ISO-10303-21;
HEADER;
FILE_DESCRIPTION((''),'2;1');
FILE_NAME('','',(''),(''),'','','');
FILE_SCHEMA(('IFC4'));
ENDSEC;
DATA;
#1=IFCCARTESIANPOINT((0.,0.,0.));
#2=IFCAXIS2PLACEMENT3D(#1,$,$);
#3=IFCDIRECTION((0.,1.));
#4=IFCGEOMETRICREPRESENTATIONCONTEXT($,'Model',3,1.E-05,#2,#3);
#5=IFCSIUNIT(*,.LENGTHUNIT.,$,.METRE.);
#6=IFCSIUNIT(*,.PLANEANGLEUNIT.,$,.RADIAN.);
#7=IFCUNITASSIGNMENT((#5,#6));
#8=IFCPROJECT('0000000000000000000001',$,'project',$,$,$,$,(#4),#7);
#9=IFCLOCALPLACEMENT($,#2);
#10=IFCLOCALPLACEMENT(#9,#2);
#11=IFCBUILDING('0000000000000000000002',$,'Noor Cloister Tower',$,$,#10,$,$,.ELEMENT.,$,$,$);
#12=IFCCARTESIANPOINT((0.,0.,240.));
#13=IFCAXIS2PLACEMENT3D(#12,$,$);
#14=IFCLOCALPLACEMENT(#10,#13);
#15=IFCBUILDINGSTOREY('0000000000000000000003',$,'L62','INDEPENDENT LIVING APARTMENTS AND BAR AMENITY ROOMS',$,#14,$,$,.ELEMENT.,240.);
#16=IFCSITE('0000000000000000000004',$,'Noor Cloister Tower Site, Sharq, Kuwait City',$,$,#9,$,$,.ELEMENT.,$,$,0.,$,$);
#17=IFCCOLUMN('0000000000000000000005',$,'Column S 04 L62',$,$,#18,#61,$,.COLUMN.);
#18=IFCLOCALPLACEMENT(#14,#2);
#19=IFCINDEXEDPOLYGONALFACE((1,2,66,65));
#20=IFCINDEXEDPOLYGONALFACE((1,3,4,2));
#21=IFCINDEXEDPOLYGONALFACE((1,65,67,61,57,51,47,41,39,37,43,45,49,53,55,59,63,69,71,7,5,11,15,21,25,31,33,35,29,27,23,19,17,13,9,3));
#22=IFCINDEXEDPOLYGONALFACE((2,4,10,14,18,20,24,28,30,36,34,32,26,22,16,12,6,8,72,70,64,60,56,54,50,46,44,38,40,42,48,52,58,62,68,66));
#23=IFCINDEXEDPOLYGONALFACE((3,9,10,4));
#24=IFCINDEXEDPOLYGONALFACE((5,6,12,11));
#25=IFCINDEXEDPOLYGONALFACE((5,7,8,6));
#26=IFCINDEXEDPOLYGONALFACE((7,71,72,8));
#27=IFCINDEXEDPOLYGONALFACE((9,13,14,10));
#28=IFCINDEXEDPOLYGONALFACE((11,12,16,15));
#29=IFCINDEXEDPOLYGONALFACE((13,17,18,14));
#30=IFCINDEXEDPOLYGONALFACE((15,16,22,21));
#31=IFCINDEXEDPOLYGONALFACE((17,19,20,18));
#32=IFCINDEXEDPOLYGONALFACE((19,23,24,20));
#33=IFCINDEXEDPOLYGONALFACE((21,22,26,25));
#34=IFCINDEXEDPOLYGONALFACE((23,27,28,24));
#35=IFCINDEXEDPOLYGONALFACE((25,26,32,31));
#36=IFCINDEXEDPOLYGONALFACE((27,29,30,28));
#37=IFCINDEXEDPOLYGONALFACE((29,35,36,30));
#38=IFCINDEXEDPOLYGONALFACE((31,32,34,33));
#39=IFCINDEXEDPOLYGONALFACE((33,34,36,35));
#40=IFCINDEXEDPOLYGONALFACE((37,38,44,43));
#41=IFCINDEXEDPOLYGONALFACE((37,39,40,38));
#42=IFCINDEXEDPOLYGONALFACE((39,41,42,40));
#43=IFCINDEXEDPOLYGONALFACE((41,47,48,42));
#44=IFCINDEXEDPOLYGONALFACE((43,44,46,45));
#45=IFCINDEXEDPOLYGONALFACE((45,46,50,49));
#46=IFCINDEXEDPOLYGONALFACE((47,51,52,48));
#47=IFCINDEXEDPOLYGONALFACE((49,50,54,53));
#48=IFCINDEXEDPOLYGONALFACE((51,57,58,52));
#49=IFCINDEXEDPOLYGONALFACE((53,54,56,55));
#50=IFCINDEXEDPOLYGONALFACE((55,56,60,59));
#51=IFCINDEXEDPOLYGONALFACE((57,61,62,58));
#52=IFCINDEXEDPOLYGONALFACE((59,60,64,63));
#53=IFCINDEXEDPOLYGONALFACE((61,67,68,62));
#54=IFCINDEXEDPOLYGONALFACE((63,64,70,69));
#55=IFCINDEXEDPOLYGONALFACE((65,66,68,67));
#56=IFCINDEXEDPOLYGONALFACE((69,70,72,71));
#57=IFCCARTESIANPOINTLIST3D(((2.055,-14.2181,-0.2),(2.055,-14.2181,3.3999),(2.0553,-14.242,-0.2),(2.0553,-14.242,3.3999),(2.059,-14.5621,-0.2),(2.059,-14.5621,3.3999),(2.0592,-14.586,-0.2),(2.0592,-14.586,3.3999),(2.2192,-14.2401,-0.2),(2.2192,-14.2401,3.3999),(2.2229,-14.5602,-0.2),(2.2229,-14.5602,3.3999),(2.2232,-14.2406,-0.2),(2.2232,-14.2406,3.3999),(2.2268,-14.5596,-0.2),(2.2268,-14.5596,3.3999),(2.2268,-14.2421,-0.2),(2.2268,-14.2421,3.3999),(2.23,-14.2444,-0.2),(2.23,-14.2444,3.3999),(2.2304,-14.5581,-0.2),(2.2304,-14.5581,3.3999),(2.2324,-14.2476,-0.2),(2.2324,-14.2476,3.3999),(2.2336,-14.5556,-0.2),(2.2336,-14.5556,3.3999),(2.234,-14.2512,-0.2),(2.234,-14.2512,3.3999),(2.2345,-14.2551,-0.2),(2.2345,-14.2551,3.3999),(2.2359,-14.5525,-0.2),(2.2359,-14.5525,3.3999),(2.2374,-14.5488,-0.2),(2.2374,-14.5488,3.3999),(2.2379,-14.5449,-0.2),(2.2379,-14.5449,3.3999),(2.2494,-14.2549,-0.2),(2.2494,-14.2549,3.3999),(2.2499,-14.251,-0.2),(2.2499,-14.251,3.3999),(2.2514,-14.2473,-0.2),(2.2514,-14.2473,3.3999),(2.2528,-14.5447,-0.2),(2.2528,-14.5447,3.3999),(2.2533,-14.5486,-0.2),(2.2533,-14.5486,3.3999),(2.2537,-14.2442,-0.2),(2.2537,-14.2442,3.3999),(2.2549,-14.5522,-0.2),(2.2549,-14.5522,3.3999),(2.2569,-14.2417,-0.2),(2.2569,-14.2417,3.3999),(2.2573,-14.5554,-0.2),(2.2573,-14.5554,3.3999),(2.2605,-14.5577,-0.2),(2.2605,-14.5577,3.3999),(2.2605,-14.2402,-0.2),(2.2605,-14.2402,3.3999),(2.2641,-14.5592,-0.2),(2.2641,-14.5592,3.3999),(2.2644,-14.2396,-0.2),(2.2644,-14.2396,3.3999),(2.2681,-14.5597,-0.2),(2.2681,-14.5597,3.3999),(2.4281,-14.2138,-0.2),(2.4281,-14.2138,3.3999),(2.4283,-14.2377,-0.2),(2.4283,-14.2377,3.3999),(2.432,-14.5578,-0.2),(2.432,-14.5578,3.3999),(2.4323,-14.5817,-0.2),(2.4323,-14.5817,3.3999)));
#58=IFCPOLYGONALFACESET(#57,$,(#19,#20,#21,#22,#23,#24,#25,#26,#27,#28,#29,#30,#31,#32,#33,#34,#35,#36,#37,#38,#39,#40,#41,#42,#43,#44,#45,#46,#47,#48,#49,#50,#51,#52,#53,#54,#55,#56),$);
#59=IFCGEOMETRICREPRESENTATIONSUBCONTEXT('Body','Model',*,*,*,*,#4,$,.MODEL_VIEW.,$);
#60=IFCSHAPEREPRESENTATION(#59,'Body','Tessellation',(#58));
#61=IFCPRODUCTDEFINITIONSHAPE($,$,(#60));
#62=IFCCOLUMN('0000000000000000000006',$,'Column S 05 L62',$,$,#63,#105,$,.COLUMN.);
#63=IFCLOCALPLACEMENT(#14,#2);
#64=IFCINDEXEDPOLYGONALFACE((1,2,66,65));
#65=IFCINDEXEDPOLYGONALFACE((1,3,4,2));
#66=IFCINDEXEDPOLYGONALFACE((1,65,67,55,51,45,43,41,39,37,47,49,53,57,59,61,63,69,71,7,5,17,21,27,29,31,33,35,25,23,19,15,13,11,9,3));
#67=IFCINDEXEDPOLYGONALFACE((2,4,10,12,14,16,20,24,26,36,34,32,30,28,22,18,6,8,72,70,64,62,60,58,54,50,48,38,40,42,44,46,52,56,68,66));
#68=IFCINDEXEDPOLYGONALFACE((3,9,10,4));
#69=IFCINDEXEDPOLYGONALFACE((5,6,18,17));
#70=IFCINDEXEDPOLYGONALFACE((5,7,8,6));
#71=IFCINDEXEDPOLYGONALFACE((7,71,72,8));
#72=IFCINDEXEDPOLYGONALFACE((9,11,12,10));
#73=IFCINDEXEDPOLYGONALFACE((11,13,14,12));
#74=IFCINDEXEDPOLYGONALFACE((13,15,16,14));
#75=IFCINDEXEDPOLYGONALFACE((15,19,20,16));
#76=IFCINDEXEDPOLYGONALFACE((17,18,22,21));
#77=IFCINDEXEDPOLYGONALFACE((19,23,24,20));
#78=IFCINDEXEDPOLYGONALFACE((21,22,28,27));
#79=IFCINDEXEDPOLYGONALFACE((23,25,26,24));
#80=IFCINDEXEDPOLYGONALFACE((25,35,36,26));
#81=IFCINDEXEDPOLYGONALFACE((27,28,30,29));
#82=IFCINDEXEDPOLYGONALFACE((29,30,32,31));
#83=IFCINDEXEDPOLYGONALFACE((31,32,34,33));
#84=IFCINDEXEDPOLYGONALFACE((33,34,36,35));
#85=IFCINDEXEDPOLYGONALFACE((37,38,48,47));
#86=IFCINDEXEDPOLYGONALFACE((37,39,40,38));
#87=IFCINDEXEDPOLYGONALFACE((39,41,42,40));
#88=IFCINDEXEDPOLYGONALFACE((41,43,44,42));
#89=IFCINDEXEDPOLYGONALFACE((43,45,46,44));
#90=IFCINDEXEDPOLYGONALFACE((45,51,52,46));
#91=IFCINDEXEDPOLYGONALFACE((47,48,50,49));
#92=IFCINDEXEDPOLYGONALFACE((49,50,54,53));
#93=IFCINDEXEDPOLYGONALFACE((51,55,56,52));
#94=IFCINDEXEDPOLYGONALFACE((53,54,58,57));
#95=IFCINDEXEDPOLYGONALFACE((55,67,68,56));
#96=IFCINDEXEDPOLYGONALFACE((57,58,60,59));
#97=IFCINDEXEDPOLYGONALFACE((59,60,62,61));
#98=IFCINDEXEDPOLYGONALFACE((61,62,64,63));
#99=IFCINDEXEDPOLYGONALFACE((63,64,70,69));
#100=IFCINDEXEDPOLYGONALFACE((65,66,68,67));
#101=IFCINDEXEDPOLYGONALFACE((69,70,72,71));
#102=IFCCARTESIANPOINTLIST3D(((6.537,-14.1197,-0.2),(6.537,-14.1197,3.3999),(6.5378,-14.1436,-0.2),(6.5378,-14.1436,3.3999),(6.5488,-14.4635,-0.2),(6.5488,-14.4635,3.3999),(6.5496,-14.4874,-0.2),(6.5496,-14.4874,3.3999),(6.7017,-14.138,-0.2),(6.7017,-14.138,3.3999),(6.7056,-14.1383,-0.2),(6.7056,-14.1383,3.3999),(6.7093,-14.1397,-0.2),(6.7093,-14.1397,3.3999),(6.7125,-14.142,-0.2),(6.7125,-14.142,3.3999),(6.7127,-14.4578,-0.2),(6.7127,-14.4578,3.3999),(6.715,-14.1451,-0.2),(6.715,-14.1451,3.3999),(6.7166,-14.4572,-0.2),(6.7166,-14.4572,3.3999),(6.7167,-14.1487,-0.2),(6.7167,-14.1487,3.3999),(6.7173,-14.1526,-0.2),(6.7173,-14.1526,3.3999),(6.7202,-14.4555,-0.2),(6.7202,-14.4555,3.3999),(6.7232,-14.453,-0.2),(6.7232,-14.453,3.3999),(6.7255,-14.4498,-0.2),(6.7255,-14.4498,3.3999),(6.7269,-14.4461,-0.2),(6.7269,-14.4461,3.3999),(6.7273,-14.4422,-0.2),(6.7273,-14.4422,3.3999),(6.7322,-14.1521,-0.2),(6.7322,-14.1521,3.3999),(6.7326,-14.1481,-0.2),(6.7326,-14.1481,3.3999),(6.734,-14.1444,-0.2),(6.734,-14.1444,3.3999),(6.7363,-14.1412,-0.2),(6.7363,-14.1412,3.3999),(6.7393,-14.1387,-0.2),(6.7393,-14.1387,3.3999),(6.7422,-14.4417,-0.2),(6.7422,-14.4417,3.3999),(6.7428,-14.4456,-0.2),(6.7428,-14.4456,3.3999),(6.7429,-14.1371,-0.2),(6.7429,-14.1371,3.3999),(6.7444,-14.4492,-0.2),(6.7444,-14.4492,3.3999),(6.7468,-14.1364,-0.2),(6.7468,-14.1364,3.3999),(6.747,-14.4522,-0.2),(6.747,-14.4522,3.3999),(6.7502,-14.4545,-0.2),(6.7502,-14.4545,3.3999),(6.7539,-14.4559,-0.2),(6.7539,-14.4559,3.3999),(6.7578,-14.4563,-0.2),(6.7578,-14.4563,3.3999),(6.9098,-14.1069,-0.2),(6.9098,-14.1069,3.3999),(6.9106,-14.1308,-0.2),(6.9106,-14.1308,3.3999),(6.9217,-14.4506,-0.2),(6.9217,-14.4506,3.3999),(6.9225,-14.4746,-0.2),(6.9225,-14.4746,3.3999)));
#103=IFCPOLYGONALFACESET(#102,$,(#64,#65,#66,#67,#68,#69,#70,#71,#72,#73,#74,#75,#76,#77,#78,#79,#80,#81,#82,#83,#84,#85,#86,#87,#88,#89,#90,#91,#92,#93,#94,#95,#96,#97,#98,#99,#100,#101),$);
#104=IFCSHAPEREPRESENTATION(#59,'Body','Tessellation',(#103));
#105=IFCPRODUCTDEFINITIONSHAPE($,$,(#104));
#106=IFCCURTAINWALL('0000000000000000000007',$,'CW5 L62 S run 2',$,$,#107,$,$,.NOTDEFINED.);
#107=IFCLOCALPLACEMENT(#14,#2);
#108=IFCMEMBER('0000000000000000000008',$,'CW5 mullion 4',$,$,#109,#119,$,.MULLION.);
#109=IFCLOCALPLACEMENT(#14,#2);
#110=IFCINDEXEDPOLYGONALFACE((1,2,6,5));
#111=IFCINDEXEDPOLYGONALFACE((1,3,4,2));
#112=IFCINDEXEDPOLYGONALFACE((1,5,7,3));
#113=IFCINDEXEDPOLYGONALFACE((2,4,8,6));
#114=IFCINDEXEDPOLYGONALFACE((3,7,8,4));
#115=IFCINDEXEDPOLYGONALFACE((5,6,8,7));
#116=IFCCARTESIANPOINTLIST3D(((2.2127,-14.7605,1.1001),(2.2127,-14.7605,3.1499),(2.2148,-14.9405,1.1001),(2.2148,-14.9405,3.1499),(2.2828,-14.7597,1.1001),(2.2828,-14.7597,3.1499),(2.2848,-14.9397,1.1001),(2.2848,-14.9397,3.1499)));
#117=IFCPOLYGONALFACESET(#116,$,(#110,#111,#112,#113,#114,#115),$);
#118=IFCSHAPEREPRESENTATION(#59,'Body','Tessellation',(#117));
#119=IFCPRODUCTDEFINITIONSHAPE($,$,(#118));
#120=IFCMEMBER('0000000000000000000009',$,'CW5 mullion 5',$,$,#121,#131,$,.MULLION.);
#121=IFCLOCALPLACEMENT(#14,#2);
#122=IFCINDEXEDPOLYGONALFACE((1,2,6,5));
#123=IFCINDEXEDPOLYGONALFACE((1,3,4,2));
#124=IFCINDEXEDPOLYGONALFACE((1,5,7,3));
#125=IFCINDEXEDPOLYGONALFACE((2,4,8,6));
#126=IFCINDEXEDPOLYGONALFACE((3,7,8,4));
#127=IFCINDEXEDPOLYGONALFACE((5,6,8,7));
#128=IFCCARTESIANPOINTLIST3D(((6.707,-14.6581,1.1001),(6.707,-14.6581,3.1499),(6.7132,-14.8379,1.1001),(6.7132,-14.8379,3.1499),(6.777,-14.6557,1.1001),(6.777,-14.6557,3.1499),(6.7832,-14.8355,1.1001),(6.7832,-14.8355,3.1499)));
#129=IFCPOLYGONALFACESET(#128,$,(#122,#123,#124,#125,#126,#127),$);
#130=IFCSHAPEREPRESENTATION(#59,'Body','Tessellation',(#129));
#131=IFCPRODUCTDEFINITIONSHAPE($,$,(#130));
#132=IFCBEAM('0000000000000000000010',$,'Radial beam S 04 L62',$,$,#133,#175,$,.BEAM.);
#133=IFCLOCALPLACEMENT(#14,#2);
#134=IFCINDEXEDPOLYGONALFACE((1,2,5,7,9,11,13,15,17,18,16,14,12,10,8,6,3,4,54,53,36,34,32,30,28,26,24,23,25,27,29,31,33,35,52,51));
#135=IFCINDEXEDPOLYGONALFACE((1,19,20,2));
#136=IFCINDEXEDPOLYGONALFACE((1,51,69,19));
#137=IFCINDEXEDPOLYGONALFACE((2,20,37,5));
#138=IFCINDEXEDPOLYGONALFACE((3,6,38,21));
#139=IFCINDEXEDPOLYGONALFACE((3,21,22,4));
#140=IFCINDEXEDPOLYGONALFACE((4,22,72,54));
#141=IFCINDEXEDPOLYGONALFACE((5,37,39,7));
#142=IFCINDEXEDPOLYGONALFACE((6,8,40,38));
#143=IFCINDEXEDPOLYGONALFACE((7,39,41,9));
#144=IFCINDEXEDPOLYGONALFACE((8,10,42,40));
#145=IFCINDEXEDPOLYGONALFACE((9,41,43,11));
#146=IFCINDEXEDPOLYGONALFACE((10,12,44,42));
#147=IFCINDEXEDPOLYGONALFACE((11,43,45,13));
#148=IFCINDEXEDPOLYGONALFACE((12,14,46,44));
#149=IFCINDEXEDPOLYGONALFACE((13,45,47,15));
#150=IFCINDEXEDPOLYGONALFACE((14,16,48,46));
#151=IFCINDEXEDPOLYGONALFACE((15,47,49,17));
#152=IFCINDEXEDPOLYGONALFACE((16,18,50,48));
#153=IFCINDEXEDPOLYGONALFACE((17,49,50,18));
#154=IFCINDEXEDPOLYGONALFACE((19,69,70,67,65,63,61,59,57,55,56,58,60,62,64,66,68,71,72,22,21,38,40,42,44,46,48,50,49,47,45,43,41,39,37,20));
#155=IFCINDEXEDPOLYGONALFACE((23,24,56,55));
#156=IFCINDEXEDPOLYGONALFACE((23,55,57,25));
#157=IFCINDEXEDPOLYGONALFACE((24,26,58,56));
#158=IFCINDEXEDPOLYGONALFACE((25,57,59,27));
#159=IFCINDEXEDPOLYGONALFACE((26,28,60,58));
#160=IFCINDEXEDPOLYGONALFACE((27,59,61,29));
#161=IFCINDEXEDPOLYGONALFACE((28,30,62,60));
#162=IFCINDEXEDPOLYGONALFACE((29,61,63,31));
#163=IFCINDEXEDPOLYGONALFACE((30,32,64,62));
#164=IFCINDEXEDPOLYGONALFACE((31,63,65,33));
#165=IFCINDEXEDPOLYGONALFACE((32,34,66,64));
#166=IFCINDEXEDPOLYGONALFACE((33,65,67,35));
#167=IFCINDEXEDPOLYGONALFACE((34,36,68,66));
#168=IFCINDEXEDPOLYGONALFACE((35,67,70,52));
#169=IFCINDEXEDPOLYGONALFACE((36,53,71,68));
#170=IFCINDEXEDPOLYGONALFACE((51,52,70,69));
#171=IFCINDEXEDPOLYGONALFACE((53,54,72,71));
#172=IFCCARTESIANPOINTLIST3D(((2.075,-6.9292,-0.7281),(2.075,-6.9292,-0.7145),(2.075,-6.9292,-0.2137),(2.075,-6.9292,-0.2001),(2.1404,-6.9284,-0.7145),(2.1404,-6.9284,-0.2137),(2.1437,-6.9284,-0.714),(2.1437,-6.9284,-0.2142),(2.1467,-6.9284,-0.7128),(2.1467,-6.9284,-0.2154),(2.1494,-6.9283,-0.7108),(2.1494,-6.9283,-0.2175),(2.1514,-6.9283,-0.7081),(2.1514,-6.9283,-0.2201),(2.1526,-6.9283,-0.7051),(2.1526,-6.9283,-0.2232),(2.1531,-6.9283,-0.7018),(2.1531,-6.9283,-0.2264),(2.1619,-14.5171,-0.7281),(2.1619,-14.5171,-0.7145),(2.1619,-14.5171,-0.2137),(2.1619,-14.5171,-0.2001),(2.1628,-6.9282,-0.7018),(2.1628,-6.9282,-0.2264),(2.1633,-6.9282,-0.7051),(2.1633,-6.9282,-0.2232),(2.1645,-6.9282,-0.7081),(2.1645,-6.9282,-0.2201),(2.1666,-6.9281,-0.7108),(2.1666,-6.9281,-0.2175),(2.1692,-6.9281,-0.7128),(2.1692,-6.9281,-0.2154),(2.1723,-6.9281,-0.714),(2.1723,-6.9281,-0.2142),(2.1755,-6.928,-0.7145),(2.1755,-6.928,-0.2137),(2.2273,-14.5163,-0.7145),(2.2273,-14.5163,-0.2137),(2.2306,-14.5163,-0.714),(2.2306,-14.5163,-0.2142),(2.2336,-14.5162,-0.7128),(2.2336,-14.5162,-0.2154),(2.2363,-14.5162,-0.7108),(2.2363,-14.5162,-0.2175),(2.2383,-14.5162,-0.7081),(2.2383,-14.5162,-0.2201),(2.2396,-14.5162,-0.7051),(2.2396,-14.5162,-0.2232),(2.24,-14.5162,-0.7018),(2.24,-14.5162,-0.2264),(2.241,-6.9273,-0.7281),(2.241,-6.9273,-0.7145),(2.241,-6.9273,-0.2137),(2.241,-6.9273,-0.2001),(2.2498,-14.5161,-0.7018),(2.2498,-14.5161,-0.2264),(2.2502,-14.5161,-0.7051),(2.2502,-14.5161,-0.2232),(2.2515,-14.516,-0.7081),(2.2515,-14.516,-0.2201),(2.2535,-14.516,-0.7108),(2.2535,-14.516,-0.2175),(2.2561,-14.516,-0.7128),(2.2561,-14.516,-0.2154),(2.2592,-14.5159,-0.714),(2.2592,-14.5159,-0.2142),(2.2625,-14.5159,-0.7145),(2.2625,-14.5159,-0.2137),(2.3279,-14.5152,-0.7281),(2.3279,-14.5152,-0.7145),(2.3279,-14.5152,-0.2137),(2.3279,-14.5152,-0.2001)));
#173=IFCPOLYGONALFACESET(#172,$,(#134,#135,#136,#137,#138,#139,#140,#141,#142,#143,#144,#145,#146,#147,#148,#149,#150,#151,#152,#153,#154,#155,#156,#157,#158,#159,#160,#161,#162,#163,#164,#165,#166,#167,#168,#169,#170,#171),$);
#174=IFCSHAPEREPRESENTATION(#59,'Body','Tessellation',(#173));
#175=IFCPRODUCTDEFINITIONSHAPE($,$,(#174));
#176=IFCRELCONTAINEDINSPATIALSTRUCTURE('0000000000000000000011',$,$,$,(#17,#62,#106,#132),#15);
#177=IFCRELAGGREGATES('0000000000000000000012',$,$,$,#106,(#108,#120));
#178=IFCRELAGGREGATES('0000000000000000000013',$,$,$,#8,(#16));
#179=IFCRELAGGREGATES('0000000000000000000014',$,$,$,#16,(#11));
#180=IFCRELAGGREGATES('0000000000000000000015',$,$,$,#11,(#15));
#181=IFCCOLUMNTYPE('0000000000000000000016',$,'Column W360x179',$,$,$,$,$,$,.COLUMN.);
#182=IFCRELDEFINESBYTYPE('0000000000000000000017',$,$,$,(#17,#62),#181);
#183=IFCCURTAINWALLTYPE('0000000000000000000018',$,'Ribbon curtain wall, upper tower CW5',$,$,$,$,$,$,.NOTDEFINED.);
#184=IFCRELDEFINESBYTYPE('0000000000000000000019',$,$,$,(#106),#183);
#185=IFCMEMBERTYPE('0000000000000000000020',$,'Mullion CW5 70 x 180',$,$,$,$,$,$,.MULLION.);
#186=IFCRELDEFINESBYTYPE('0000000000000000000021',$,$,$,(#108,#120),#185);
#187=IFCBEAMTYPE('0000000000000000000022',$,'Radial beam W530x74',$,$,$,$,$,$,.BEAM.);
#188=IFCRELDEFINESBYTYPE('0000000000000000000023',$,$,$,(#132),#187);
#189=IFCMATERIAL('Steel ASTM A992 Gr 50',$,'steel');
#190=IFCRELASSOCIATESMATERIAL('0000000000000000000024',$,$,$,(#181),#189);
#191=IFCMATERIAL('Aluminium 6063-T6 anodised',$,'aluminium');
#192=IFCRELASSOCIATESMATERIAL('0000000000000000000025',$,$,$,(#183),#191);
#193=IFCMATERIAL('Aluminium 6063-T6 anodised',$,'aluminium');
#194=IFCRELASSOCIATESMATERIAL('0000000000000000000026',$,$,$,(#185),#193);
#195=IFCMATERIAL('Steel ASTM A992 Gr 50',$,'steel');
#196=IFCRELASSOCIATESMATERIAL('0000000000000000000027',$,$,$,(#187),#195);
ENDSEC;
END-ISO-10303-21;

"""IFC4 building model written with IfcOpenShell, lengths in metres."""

from ifc_helpers import new_model, si_unit, direction, frame, origin, origin_2d, place, context, subcontext, project, spatial, rectangle, i_section, extrude, material, material_profile, profile_set, type_object, element, aggregate, save


model = new_model("IFC4")

# Units and contexts
model_context = context("Model", 3, precision=1e-05, world=origin(), true_north=direction((0.0, 1.0)))
body_context = subcontext(model_context, "Body", "Model", "MODEL_VIEW")
ifc_project = project(units=[si_unit("LENGTHUNIT", "METRE"), si_unit("PLANEANGLEUNIT", "RADIAN")], contexts=[model_context])

# Site, building, storey
site_placement = place(None, origin())
site = spatial("IfcSite", under=ifc_project, at=site_placement, Name="Noor Cloister Tower Site, Sharq, Kuwait City", CompositionType="ELEMENT", RefElevation=0.0)
building_placement = place(site_placement, origin())
building = spatial("IfcBuilding", under=site, at=building_placement, Name="Noor Cloister Tower", CompositionType="ELEMENT")
storey_placement = place(building_placement, frame((0.0, 0.0, 240.0)))
storey = spatial("IfcBuildingStorey", under=building, at=storey_placement, Name="L62", Description="INDEPENDENT LIVING APARTMENTS AND BAR AMENITY ROOMS", CompositionType="ELEMENT", Elevation=240.0)

# Columns
ifc_material_1 = material(Name="Steel ASTM A992 Gr 50", Category="steel")
ifc_material_profile_1 = material_profile(ifc_material_1, i_section(OverallWidth=0.373, OverallDepth=0.3679, WebThickness=0.0149, FlangeThickness=0.0239, FilletRadius=0.0151, at=origin_2d()), Name="W360x179")
ifc_profile_set_1 = profile_set([ifc_material_profile_1], Name="Steel ASTM A992 Gr 50")
column_type = type_object("IfcColumnType", Name="Column W360x179", PredefinedType="COLUMN", material=ifc_profile_set_1)
for number, where, z_axis, x_axis, name in (
    (1, (2.2437, -14.3999, -0.2), (0.0, 0.0, 1.0), (0.999934, 0.011463, 0.0), "Column S 04 L62"),
    (2, (6.7297, -14.2971, -0.2), (0.0, 0.0, 1.0), (0.999409, 0.034383, 0.0), "Column S 05 L62"),
):
    element("IfcColumn", number, at=place(storey_placement, frame(where, z_axis=z_axis, x_axis=x_axis)), inside=storey, type_object=column_type, Name=name, PredefinedType="COLUMN", context=body_context, shape_type="SweptSolid", body=[
        extrude(i_section(OverallWidth=0.373, OverallDepth=0.3679, WebThickness=0.0149, FlangeThickness=0.0239, FilletRadius=0.0151, at=origin_2d()), origin(), (0.0, 0.0, 1.0), 3.5999),
    ])

# Curtain wall, members
ifc_material_2 = material(Name="Aluminium 6063-T6 anodised", Category="aluminium")
curtain_wall_type = type_object("IfcCurtainWallType", Name="Ribbon curtain wall, upper tower CW5", PredefinedType="NOTDEFINED", material=ifc_material_2)
curtain_wall_placement = place(storey_placement, origin())
curtain_wall = element("IfcCurtainWall", 3, at=curtain_wall_placement, inside=storey, type_object=curtain_wall_type, Name="CW5 L62 S run 2", PredefinedType="NOTDEFINED")
ifc_material_3 = material(Name="Aluminium 6063-T6 anodised", Category="aluminium")
ifc_material_profile_2 = material_profile(ifc_material_3, rectangle(XDim=0.1799, YDim=0.0701, at=origin_2d()), Name="180 x 70 mullion")
ifc_profile_set_2 = profile_set([ifc_material_profile_2], Name="Aluminium 6063-T6 anodised")
member_type = type_object("IfcMemberType", Name="Mullion CW5 70 x 180", PredefinedType="MULLION", material=ifc_profile_set_2)
member_1_placement = place(storey_placement, frame((2.2488, -14.8501, 1.1001), z_axis=(0.0, 0.0, 1.0), x_axis=(-0.011463, 0.999934, 0.0)))
member_1 = element("IfcMember", 4, at=member_1_placement, type_object=member_type, Name="CW5 mullion 4", PredefinedType="MULLION", context=body_context, shape_type="SweptSolid", body=[
    extrude(rectangle(XDim=0.1799, YDim=0.0701, at=origin_2d()), origin(), (0.0, 0.0, 1.0), 2.0498),
])
member_2_placement = place(storey_placement, frame((6.7451, -14.7468, 1.1001), z_axis=(0.0, 0.0, 1.0), x_axis=(-0.034383, 0.999409, 0.0)))
member_2 = element("IfcMember", 5, at=member_2_placement, type_object=member_type, Name="CW5 mullion 5", PredefinedType="MULLION", context=body_context, shape_type="SweptSolid", body=[
    extrude(rectangle(XDim=0.1799, YDim=0.0701, at=origin_2d()), origin(), (0.0, 0.0, 1.0), 2.0498),
])

# Beam
ifc_material_4 = material(Name="Steel ASTM A992 Gr 50", Category="steel")
ifc_material_profile_3 = material_profile(ifc_material_4, i_section(OverallWidth=0.166, OverallDepth=0.5281, WebThickness=0.0098, FlangeThickness=0.0137, FilletRadius=0.0127, at=origin_2d()), Name="W530x74")
ifc_profile_set_3 = profile_set([ifc_material_profile_3], Name="Steel ASTM A992 Gr 50")
beam_type_1 = type_object("IfcBeamType", Name="Radial beam W530x74", PredefinedType="BEAM", material=ifc_profile_set_3)
beam_1_placement = place(storey_placement, frame((2.2449, -14.5161, -0.4641), z_axis=(-0.011454, 0.999934, 0.0), x_axis=(-0.999934, -0.011454, 0.0)))
element("IfcBeam", 6, at=beam_1_placement, inside=storey, type_object=beam_type_1, Name="Radial beam S 04 L62", PredefinedType="BEAM", context=body_context, shape_type="SweptSolid", body=[
    extrude(i_section(OverallWidth=0.166, OverallDepth=0.5281, WebThickness=0.0098, FlangeThickness=0.0137, FilletRadius=0.0127, at=origin_2d()), origin(), (0.0, 0.0, 1.0), 7.5884),
])

aggregate(curtain_wall, [member_1, member_2])

save(model, "model.ifc")
